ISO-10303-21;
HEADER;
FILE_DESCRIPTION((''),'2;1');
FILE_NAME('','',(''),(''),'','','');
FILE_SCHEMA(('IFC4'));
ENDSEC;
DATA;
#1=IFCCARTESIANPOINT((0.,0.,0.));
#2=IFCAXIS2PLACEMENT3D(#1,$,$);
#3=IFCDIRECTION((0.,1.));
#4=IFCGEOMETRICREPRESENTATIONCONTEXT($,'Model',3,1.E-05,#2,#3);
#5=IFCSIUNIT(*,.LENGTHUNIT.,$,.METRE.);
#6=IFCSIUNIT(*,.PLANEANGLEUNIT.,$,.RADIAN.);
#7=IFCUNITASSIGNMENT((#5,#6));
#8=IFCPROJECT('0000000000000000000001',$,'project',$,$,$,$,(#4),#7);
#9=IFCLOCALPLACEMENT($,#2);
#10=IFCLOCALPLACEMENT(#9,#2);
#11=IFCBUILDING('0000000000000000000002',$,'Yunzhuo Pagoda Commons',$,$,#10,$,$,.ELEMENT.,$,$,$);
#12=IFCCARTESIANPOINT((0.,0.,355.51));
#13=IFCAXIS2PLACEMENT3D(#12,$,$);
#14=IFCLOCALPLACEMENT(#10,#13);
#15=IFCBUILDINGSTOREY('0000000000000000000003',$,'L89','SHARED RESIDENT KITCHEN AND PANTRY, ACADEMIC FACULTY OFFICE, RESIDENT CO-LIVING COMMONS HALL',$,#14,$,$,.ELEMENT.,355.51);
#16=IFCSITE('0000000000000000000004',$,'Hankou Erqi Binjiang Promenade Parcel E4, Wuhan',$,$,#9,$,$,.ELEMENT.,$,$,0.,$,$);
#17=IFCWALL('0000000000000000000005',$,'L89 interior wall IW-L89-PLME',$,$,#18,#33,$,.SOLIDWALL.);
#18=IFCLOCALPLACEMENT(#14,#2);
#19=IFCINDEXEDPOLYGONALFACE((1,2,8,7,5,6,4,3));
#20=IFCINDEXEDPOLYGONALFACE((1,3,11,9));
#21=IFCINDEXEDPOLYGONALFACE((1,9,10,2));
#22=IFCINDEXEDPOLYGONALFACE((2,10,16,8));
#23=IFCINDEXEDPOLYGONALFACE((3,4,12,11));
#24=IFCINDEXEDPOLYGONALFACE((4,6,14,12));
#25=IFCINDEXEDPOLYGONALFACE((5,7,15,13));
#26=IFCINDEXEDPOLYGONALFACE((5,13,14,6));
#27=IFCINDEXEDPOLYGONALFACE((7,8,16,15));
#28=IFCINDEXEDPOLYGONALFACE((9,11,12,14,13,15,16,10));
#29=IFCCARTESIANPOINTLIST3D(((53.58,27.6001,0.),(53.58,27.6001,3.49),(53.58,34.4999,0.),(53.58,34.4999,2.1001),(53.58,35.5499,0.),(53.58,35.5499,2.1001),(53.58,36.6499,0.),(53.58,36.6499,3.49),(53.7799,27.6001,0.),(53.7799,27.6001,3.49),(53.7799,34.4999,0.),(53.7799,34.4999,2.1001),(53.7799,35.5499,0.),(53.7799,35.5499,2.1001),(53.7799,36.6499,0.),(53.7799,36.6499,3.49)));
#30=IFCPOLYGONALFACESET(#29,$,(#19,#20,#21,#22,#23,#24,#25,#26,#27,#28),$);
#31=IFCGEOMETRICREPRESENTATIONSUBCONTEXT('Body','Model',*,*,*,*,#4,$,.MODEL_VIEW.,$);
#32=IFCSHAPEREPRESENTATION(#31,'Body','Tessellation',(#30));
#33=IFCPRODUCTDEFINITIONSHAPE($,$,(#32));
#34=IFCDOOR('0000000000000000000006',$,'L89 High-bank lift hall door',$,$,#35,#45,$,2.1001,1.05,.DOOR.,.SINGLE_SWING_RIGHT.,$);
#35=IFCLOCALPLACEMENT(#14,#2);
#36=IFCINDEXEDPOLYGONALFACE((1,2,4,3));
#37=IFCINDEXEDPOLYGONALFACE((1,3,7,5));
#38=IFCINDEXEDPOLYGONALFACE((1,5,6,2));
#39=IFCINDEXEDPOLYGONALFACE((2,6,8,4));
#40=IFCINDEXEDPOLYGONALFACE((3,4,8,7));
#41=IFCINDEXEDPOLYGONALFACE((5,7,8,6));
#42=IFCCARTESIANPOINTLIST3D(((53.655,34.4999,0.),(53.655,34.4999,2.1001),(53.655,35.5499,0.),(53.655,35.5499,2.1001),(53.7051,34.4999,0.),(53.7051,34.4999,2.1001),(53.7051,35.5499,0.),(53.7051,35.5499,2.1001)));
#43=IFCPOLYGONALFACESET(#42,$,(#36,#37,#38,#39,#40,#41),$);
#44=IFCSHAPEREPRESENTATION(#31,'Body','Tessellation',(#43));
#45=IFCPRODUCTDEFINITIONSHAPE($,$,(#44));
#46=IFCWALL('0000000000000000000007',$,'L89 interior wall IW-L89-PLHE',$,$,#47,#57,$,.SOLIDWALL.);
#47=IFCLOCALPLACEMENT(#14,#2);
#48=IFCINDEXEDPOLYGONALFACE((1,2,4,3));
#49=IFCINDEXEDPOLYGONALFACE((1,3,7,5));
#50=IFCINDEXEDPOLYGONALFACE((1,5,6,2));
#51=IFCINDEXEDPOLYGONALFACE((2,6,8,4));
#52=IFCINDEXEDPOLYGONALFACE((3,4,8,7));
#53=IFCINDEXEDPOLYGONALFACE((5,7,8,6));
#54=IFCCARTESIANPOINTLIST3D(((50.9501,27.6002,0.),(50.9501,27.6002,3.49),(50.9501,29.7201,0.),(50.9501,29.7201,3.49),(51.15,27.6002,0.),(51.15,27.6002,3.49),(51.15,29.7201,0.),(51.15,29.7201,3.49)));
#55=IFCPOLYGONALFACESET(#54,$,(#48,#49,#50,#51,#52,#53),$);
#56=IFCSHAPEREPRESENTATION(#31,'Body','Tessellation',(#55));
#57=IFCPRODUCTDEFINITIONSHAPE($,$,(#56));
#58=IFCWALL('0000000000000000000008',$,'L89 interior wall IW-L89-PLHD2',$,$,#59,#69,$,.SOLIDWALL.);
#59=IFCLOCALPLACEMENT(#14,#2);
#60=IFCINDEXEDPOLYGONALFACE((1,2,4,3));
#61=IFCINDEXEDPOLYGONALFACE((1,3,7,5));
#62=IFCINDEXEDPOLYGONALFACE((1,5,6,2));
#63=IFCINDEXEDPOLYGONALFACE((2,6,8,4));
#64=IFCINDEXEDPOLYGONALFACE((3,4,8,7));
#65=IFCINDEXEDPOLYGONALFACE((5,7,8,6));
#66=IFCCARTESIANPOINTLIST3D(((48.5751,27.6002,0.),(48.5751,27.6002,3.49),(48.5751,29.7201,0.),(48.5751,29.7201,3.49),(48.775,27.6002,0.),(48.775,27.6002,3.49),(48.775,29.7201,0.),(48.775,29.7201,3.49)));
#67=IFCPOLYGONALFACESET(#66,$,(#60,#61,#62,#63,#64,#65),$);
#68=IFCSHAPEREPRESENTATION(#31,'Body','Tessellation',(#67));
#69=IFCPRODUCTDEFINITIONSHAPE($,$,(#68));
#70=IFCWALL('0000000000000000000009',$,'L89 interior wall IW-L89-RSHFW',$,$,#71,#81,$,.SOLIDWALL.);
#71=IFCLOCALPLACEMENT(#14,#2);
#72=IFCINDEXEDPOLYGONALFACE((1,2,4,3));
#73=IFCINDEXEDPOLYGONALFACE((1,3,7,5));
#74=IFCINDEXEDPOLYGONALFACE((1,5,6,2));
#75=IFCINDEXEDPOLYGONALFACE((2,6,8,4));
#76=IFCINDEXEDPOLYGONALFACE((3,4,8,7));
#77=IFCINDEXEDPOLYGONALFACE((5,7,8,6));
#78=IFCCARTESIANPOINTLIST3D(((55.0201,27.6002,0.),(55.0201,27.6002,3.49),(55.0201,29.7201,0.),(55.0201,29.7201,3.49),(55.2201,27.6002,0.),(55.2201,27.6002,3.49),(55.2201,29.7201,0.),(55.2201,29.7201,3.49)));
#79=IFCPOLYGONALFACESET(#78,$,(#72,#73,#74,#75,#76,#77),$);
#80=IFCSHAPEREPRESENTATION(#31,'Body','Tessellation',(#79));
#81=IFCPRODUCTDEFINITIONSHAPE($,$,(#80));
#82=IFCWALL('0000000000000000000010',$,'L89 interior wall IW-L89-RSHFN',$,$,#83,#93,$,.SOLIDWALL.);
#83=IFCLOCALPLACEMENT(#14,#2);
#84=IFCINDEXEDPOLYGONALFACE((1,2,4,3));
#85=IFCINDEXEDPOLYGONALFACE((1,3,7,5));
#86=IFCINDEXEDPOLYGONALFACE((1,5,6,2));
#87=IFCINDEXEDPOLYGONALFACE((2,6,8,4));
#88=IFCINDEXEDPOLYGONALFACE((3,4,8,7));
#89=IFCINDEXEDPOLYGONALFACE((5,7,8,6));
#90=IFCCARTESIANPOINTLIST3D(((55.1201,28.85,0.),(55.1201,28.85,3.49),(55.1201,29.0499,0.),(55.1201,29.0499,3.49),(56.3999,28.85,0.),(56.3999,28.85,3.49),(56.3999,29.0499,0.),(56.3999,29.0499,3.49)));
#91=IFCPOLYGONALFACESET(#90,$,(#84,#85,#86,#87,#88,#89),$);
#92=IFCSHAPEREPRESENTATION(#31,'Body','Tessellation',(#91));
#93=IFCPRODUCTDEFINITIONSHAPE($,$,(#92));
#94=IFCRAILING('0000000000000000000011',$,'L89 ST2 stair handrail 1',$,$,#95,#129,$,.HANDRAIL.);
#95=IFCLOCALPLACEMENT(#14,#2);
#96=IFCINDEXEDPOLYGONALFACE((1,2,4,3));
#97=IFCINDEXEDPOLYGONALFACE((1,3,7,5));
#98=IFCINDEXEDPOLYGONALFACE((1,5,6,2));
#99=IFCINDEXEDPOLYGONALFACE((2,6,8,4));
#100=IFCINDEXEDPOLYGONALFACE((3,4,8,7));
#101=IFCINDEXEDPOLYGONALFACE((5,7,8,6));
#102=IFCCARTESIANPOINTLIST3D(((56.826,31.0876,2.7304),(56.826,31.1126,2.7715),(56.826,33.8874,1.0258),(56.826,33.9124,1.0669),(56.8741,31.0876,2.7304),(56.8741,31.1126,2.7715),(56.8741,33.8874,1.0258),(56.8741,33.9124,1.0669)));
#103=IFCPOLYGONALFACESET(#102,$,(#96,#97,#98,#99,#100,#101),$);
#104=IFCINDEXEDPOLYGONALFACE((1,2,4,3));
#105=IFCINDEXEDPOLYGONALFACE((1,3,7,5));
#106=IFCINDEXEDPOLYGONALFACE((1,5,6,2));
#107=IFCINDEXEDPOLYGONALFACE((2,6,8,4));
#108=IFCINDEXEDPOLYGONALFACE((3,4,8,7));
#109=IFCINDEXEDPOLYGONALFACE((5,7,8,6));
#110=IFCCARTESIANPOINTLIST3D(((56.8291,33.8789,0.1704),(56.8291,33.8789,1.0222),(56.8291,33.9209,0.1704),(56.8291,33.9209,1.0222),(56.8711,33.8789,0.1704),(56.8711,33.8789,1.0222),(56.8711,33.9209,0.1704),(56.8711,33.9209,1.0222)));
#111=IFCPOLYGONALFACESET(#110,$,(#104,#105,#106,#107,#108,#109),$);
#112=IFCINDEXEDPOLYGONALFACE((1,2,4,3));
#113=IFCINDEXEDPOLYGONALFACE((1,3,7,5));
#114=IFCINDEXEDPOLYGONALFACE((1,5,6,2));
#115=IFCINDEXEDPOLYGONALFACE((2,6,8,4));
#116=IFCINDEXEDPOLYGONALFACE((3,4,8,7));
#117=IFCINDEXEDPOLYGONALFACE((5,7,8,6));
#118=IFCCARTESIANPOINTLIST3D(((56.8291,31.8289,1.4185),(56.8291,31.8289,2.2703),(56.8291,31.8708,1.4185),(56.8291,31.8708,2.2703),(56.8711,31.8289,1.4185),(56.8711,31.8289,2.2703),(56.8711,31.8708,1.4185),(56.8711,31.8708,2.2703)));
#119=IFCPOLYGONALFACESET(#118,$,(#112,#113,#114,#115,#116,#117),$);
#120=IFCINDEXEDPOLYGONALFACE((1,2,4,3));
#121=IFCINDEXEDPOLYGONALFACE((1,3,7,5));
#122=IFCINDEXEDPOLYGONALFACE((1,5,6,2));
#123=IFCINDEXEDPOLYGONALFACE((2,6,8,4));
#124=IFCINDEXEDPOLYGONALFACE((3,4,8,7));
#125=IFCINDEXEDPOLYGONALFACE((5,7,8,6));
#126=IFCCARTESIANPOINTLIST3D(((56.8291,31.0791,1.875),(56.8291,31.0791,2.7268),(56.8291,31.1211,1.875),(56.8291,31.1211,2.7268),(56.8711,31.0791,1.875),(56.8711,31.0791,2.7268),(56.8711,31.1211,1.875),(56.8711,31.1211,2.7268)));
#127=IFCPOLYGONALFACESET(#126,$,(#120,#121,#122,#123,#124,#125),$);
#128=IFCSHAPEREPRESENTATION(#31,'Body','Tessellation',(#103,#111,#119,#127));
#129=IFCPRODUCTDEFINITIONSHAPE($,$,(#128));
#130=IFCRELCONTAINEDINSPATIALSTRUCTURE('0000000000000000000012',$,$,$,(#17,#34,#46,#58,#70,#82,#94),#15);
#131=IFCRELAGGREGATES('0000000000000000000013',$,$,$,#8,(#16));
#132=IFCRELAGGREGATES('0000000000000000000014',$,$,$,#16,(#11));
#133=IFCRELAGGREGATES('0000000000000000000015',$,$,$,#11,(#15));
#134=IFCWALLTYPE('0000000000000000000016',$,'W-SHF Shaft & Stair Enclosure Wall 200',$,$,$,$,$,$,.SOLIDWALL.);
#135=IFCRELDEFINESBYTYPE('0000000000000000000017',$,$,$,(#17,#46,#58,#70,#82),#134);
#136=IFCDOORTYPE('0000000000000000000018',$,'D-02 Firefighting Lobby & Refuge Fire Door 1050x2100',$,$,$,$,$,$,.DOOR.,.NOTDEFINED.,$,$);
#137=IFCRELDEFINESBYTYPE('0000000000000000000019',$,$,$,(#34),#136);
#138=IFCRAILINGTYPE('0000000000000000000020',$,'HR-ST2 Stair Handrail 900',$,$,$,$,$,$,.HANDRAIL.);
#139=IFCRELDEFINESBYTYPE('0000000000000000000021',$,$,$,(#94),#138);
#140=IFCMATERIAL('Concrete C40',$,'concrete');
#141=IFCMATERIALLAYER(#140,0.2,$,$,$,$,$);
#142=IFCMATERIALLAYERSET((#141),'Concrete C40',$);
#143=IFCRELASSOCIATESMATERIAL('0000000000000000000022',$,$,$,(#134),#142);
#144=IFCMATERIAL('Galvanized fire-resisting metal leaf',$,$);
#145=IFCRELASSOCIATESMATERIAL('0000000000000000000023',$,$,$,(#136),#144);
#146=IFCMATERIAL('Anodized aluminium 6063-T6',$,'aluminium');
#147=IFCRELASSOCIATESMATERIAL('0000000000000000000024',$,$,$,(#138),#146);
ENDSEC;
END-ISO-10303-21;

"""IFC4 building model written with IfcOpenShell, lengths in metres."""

from ifc_helpers import new_model, si_unit, direction, frame, frame_2d, origin, origin_with_axes, origin_2d, place, context, subcontext, project, spatial, rectangle, extrude, source, transform, mapped, material, layer, layer_set, type_object, element, fill, save


model = new_model("IFC4")

# Units and contexts
model_context = context("Model", 3, precision=1e-05, world=origin(), true_north=direction((0.0, 1.0)))
body_context = subcontext(model_context, "Body", "Model", "MODEL_VIEW")
ifc_project = project(units=[si_unit("LENGTHUNIT", "METRE"), si_unit("PLANEANGLEUNIT", "RADIAN")], contexts=[model_context])

# Site, building, storey
site_placement = place(None, origin())
site = spatial("IfcSite", under=ifc_project, at=site_placement, Name="Hankou Erqi Binjiang Promenade Parcel E4, Wuhan", CompositionType="ELEMENT", RefElevation=0.0)
building_placement = place(site_placement, origin())
building = spatial("IfcBuilding", under=site, at=building_placement, Name="Yunzhuo Pagoda Commons", CompositionType="ELEMENT")
storey_placement = place(building_placement, frame((0.0, 0.0, 355.51)))
storey = spatial("IfcBuildingStorey", under=building, at=storey_placement, Name="L89", Description="SHARED RESIDENT KITCHEN AND PANTRY, ACADEMIC FACULTY OFFICE, RESIDENT CO-LIVING COMMONS HALL", CompositionType="ELEMENT", Elevation=355.51)

# Shared definitions
ifc_material_1 = material(Name="Galvanized fire-resisting metal leaf")

# Wall, opening, door
ifc_material_2 = material(Name="Concrete C40", Category="concrete")
ifc_layer_1 = layer(ifc_material_2, 0.2)
ifc_layer_set_1 = layer_set([ifc_layer_1], Name="Concrete C40")
wall_type_1 = type_object("IfcWallType", Name="W-SHF Shaft & Stair Enclosure Wall 200", PredefinedType="SOLIDWALL", material=ifc_layer_set_1)
wall_1_placement = place(storey_placement, frame((53.6799, 27.6001, 0.0), z_axis=(0.0, 0.0, 1.0), x_axis=(0.0, 1.0, 0.0)))
wall_1 = element("IfcWall", 1, at=wall_1_placement, inside=storey, type_object=wall_type_1, Name="L89 interior wall IW-L89-PLME", PredefinedType="SOLIDWALL", context=body_context, shape_type="SweptSolid", body=[
    extrude(rectangle(XDim=9.0498, YDim=0.2, at=frame_2d((4.5249, 0.0))), origin(), (0.0, 0.0, 1.0), 3.49),
])
opening_1_placement = place(wall_1_placement, frame((6.8999, 0.0, 0.0)))
opening_1 = element("IfcOpeningElement", 2, at=opening_1_placement, cuts=wall_1, PredefinedType="OPENING", context=body_context, shape_type="SweptSolid", body=[
    extrude(rectangle(XDim=1.05, YDim=2.1001, at=frame_2d((0.5249, 1.05))), frame((0.0, 0.1099, 0.0), z_axis=(0.0, -1.0, 0.0), x_axis=(1.0, 0.0, 0.0)), (0.0, 0.0, 1.0), 0.22),
])
door_type_1 = type_object("IfcDoorType", Name="D-02 Firefighting Lobby & Refuge Fire Door 1050x2100", OperationType="NOTDEFINED", PredefinedType="DOOR", material=ifc_material_1)
shared_shape_1 = source(origin(), body_context, "Body", "SweptSolid", [
    extrude(rectangle(XDim=1.05, YDim=2.1001, at=frame_2d((0.5249, 1.05))), frame((0.0, 0.0249, 0.0), z_axis=(0.0, -1.0, 0.0), x_axis=(1.0, 0.0, 0.0)), (0.0, 0.0, 1.0), 0.05),
])
door_1_placement = place(opening_1_placement, origin_with_axes())
door_1 = element("IfcDoor", 3, at=door_1_placement, inside=storey, type_object=door_type_1, Name="L89 High-bank lift hall door", OperationType="SINGLE_SWING_RIGHT", OverallHeight=2.1001, OverallWidth=1.05, PredefinedType="DOOR", context=body_context, shape_type="MappedRepresentation", body=[
    mapped(shared_shape_1, transform((0.0, 0.0, 0.0), scale=1.0)),
])
fill(opening_1, door_1)

# Walls
for number, where, z_axis, x_axis, name in (
    (4, (51.05, 27.6001, 0.0), (0.0, 0.0, 1.0), (0.0, 1.0, 0.0), "L89 interior wall IW-L89-PLHE"),
    (5, (48.675, 27.6001, 0.0), (0.0, 0.0, 1.0), (0.0, 1.0, 0.0), "L89 interior wall IW-L89-PLHD2"),
    (6, (55.1201, 27.6001, 0.0), (0.0, 0.0, 1.0), (0.0, 1.0, 0.0), "L89 interior wall IW-L89-RSHFW"),
):
    element("IfcWall", number, at=place(storey_placement, frame(where, z_axis=z_axis, x_axis=x_axis)), inside=storey, type_object=wall_type_1, Name=name, PredefinedType="SOLIDWALL", context=body_context, shape_type="SweptSolid", body=[
        extrude(rectangle(XDim=2.1199, YDim=0.2, at=frame_2d((1.0601, 0.0))), origin(), (0.0, 0.0, 1.0), 3.49),
    ])
wall_2_placement = place(storey_placement, frame((55.1201, 28.95, 0.0), z_axis=(0.0, 0.0, 1.0), x_axis=(1.0, 0.0, 0.0)))
element("IfcWall", 7, at=wall_2_placement, inside=storey, type_object=wall_type_1, Name="L89 interior wall IW-L89-RSHFN", PredefinedType="SOLIDWALL", context=body_context, shape_type="SweptSolid", body=[
    extrude(rectangle(XDim=1.2798, YDim=0.2, at=frame_2d((0.6399, 0.0))), origin(), (0.0, 0.0, 1.0), 3.49),
])

# Railing
ifc_material_3 = material(Name="Anodized aluminium 6063-T6", Category="aluminium")
railing_type = type_object("IfcRailingType", Name="HR-ST2 Stair Handrail 900", PredefinedType="HANDRAIL", material=ifc_material_3)
railing_placement = place(storey_placement, frame((56.8501, 33.8999, 0.1704)))
element("IfcRailing", 8, at=railing_placement, inside=storey, type_object=railing_type, Name="L89 ST2 stair handrail 1", PredefinedType="HANDRAIL", context=body_context, shape_type="SweptSolid", body=[
    extrude(rectangle(XDim=0.0481, YDim=0.0481, at=origin_2d()), frame((0.0, 0.0, 0.876), z_axis=(0.0, -0.85415, 0.520027), x_axis=(1.0, 0.0, 0.0)), (0.0, 0.0, 1.0), 3.2778),
    extrude(rectangle(XDim=0.042, YDim=0.042, at=origin_2d()), origin(), (0.0, 0.0, 1.0), 0.8518),
    extrude(rectangle(XDim=0.042, YDim=0.042, at=origin_2d()), frame((0.0, -2.05, 1.248)), (0.0, 0.0, 1.0), 0.8518),
    extrude(rectangle(XDim=0.042, YDim=0.042, at=origin_2d()), frame((0.0, -2.7998, 1.7046)), (0.0, 0.0, 1.0), 0.8518),
])

save(model, "model.ifc")
